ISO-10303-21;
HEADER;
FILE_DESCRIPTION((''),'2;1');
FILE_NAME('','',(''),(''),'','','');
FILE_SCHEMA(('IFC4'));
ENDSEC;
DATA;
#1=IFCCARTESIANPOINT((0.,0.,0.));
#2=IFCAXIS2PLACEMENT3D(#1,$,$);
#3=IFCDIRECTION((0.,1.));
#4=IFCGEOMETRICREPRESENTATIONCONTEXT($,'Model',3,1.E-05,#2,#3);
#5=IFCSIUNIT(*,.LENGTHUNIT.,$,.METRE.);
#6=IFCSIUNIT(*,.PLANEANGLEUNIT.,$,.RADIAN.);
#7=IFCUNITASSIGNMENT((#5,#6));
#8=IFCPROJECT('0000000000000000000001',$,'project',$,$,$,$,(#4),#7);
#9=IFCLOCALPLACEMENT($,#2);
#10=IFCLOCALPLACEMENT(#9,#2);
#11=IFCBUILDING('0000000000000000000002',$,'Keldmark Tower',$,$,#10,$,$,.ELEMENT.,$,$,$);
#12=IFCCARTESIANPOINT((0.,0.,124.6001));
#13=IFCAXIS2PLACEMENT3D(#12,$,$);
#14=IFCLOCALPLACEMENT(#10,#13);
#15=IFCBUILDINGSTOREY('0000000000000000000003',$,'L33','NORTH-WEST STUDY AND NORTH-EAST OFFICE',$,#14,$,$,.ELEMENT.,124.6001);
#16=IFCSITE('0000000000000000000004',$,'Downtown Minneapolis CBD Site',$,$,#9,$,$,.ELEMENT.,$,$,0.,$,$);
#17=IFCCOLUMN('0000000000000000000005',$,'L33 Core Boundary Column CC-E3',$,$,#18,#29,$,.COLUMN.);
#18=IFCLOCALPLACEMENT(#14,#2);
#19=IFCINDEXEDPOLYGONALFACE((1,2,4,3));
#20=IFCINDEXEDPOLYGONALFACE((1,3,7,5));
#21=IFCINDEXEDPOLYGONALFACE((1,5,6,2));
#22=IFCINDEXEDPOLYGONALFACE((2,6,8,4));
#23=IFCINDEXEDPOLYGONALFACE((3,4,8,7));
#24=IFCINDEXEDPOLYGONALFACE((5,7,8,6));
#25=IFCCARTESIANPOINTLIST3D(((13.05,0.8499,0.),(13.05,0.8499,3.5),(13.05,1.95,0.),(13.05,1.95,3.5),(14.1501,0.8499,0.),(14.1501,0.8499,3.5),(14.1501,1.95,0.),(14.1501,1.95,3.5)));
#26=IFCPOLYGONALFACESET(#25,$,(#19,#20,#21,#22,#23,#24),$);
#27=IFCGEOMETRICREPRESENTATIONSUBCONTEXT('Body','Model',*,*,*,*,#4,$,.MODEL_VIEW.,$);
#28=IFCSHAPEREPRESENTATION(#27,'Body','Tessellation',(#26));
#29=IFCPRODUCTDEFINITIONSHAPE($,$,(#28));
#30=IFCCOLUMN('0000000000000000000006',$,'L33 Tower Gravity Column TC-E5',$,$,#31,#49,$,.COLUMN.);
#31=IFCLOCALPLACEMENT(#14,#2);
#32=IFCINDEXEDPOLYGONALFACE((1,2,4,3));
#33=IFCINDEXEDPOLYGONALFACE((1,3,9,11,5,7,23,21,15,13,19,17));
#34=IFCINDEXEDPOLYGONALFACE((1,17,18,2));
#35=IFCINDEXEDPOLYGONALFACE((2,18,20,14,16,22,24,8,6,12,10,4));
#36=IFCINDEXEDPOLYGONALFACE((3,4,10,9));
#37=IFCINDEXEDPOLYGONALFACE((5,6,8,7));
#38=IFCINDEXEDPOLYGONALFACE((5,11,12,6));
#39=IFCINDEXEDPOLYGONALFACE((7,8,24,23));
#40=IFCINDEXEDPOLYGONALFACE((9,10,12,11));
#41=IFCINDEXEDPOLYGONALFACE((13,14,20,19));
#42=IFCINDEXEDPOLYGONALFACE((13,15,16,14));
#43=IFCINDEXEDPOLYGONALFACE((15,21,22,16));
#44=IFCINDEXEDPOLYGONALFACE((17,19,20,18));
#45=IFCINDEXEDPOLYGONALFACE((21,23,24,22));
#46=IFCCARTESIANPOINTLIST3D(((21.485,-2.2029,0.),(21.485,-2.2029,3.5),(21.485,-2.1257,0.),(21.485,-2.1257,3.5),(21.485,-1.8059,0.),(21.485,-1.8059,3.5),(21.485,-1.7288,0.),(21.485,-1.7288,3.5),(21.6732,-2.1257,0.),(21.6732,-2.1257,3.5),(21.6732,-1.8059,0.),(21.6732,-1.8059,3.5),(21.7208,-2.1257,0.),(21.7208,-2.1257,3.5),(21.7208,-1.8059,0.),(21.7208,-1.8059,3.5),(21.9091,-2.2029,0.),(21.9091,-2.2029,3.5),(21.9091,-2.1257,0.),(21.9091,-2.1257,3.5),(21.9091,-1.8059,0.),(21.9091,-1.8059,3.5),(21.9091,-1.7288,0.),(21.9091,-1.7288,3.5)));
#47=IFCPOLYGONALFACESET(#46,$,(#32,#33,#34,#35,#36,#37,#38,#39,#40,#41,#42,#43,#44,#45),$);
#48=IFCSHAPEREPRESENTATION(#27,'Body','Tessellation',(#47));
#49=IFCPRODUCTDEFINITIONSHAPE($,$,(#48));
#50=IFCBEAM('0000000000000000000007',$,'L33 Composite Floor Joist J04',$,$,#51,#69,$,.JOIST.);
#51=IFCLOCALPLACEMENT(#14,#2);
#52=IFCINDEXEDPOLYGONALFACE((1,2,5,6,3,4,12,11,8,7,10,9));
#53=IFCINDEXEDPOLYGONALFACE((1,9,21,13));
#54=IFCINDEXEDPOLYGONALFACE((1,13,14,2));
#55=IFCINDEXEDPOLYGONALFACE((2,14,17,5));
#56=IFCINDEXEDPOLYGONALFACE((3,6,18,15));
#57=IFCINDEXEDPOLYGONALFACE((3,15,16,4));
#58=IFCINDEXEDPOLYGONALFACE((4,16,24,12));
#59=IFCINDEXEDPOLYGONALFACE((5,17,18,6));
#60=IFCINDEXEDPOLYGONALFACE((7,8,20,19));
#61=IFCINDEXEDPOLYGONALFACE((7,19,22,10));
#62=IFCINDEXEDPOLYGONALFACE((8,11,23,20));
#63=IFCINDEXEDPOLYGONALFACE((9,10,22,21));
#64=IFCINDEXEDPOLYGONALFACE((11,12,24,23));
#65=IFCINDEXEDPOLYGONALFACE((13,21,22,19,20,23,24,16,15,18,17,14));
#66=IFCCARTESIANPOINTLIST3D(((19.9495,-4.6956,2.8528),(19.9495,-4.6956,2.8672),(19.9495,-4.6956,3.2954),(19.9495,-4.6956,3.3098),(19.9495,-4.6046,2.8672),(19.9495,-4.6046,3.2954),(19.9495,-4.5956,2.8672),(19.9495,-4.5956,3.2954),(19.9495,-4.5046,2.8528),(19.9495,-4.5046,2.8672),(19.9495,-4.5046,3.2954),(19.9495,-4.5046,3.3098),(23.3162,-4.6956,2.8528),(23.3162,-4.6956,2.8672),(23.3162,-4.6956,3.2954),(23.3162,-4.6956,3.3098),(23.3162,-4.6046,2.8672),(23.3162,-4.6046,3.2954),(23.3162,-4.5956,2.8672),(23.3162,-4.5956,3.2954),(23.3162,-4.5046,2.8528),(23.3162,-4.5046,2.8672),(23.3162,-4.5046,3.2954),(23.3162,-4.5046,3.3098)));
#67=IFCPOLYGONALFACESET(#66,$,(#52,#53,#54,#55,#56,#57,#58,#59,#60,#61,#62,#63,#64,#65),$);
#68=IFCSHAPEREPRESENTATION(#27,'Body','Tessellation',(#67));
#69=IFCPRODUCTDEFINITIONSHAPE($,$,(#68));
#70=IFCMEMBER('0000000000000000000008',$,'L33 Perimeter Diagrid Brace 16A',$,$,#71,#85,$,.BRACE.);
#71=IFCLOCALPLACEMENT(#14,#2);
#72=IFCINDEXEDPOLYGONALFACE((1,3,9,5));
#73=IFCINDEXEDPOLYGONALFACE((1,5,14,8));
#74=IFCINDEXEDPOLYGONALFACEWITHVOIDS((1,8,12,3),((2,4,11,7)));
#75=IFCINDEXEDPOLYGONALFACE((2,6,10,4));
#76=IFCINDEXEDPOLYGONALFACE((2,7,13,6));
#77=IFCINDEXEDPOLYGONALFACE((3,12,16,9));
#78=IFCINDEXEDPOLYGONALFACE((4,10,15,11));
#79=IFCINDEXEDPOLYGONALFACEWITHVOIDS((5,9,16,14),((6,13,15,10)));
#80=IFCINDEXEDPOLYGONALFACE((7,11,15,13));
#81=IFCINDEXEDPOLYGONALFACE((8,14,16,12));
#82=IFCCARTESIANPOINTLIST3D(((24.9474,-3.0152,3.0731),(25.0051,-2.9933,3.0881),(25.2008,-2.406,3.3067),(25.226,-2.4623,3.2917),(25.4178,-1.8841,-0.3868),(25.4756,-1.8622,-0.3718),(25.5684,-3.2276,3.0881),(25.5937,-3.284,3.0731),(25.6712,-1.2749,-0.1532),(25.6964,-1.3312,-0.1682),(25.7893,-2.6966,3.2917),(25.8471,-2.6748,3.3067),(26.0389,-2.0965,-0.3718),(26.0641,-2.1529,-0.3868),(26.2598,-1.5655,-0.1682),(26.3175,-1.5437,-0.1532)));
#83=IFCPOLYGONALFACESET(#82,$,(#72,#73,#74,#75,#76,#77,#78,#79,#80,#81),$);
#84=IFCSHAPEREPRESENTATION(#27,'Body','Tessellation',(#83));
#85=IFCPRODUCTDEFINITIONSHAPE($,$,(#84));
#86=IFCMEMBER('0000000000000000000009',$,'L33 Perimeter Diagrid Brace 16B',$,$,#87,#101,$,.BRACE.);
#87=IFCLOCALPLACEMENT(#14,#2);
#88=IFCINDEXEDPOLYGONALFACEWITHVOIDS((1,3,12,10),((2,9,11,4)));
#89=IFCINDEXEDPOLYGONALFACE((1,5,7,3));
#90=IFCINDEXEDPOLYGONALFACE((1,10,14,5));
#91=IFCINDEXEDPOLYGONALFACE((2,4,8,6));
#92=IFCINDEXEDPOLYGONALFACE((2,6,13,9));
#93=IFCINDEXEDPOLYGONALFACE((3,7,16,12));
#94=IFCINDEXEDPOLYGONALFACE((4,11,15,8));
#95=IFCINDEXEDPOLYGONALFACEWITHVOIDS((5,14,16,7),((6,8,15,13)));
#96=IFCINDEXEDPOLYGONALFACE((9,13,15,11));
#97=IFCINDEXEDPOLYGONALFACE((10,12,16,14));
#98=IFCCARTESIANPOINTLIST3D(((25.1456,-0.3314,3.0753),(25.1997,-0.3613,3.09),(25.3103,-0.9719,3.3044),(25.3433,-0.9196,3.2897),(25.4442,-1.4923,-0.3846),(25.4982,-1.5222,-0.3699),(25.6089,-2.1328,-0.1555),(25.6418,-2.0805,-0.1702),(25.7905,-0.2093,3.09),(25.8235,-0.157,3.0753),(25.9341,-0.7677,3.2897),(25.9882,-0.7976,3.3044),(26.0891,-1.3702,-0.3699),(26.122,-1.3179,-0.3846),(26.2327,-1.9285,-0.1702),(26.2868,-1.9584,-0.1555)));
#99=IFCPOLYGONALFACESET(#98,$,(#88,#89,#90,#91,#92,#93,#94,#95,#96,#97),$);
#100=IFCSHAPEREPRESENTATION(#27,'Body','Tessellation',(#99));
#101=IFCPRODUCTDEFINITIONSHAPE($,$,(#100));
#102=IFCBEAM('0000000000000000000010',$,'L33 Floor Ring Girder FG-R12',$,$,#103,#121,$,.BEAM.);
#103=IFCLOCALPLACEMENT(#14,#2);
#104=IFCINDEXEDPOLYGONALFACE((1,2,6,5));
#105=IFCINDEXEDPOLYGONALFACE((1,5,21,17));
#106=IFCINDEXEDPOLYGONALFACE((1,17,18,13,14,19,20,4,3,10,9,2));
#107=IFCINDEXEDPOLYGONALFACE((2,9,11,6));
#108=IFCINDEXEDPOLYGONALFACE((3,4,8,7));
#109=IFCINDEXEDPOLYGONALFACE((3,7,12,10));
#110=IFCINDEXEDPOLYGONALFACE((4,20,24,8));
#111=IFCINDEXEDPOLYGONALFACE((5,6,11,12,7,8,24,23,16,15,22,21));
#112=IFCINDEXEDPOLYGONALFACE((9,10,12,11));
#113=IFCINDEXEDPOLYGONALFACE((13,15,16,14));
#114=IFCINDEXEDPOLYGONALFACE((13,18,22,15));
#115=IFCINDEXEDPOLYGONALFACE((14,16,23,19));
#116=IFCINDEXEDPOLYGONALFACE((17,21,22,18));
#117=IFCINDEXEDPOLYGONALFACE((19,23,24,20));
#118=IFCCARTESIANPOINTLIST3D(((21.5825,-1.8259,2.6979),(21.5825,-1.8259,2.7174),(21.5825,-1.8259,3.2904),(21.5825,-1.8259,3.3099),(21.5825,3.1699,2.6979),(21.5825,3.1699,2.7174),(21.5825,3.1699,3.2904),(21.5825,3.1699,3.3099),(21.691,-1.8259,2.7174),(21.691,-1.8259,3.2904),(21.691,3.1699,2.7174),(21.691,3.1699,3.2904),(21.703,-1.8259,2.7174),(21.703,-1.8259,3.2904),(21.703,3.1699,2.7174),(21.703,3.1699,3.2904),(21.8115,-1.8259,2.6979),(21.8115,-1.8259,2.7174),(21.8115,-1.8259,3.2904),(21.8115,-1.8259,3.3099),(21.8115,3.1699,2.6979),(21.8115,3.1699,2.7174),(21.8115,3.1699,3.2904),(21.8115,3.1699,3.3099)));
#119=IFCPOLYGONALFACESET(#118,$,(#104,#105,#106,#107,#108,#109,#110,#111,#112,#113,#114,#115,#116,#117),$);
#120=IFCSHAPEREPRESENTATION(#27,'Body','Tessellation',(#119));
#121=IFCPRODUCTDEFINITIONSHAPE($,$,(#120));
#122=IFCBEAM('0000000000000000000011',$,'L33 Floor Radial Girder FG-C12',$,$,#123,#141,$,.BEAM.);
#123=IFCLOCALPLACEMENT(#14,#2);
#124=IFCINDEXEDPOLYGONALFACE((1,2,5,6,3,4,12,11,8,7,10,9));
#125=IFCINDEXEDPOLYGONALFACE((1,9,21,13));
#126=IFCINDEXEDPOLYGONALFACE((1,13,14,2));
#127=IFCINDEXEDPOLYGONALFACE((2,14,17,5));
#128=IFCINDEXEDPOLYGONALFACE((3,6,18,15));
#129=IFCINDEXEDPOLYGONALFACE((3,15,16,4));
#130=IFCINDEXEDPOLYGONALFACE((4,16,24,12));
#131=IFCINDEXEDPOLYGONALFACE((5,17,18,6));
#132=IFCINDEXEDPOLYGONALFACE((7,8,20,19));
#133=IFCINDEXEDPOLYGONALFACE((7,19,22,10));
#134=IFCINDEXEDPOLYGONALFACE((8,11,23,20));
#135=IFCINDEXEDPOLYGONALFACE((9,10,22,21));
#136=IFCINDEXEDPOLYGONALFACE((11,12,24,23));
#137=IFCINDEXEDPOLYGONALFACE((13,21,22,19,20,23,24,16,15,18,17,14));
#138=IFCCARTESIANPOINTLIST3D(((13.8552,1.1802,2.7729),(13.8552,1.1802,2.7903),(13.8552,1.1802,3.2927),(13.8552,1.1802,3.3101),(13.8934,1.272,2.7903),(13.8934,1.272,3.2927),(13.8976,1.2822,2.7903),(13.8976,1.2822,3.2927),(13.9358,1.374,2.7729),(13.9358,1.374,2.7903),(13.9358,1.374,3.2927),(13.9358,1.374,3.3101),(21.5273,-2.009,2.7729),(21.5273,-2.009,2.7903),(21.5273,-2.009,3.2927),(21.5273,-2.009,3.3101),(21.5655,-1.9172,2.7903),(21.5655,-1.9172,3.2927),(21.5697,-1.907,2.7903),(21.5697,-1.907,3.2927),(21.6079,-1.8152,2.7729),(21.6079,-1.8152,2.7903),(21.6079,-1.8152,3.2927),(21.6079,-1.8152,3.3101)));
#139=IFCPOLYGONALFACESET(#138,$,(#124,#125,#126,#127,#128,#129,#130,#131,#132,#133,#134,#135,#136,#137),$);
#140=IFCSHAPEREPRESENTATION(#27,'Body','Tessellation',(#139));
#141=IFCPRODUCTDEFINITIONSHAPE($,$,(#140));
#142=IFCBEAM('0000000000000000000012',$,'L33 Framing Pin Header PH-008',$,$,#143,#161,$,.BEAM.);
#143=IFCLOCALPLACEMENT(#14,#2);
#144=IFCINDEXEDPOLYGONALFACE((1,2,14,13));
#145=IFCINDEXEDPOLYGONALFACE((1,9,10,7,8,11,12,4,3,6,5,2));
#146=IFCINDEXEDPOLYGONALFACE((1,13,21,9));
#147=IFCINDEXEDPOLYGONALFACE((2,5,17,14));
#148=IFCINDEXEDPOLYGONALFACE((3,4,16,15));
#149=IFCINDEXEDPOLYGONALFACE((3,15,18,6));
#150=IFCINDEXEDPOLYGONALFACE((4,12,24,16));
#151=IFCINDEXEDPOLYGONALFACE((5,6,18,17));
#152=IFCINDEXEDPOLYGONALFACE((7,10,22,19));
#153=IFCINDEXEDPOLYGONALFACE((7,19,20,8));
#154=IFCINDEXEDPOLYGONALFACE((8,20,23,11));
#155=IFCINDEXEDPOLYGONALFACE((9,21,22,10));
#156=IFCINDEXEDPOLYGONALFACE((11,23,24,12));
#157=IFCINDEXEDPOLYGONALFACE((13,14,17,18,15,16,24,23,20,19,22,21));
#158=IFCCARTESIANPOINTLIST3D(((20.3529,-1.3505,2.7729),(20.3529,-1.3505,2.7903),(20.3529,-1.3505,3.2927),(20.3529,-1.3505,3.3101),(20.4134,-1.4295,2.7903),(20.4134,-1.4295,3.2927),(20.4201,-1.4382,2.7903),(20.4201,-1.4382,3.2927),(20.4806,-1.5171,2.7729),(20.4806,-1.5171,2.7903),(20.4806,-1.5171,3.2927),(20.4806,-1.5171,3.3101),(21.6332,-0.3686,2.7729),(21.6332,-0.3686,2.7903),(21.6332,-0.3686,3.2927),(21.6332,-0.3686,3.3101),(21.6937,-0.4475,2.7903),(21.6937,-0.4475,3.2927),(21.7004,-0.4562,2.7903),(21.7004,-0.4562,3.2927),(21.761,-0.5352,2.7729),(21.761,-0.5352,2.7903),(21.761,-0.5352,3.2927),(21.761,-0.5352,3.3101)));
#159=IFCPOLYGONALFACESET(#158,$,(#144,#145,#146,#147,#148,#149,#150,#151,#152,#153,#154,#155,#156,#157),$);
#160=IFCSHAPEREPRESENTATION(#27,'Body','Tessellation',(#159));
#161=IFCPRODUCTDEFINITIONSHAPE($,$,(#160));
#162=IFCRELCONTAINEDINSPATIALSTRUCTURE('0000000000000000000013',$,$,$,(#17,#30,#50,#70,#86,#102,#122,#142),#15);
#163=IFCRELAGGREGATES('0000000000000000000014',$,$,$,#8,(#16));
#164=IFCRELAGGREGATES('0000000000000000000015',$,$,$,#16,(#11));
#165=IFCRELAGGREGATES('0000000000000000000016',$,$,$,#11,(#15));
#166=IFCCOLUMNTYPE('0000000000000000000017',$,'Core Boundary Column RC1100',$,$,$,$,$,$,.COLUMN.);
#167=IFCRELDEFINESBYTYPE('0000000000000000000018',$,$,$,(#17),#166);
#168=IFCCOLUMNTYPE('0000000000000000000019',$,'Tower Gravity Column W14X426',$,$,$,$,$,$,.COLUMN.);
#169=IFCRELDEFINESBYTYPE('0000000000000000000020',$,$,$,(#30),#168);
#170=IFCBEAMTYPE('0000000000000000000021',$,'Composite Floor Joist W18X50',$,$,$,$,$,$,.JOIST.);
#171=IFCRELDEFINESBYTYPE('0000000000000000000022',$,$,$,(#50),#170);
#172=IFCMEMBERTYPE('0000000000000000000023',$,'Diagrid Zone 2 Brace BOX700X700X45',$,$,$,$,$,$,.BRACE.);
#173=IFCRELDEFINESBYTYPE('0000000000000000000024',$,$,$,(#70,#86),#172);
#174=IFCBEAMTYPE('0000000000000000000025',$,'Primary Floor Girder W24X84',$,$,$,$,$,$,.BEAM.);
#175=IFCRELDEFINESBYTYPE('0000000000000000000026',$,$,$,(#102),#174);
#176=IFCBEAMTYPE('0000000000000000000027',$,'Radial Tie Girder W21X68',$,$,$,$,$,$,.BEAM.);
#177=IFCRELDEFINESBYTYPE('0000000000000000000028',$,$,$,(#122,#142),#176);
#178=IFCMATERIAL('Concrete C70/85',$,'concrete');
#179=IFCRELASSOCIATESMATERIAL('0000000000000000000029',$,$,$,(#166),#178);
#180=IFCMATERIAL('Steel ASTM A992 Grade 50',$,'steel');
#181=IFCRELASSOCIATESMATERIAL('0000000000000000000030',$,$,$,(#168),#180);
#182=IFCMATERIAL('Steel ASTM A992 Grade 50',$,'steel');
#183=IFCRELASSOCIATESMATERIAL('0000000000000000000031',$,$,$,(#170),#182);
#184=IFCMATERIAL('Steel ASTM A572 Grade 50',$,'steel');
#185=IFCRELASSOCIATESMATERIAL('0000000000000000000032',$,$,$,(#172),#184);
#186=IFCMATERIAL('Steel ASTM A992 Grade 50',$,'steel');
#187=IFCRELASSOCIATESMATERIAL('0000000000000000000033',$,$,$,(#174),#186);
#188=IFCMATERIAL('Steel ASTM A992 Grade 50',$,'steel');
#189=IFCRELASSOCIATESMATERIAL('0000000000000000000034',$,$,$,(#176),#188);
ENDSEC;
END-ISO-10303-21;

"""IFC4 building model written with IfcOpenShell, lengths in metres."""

from ifc_helpers import new_model, si_unit, direction, frame, origin, origin_2d, place, context, subcontext, project, spatial, rectangle, hollow_rectangle, i_section, extrude, material, material_profile, profile_set, type_object, element, save


model = new_model("IFC4")

# Units and contexts
model_context = context("Model", 3, precision=1e-05, world=origin(), true_north=direction((0.0, 1.0)))
body_context = subcontext(model_context, "Body", "Model", "MODEL_VIEW")
ifc_project = project(units=[si_unit("LENGTHUNIT", "METRE"), si_unit("PLANEANGLEUNIT", "RADIAN")], contexts=[model_context])

# Site, building, storey
site_placement = place(None, origin())
site = spatial("IfcSite", under=ifc_project, at=site_placement, Name="Downtown Minneapolis CBD Site", CompositionType="ELEMENT", RefElevation=0.0)
building_placement = place(site_placement, origin())
building = spatial("IfcBuilding", under=site, at=building_placement, Name="Keldmark Tower", CompositionType="ELEMENT")
storey_placement = place(building_placement, frame((0.0, 0.0, 124.6001)))
storey = spatial("IfcBuildingStorey", under=building, at=storey_placement, Name="L33", Description="NORTH-WEST STUDY AND NORTH-EAST OFFICE", CompositionType="ELEMENT", Elevation=124.6001)

# Columns
ifc_material_1 = material(Name="Concrete C70/85", Category="concrete")
ifc_material_profile_1 = material_profile(ifc_material_1, rectangle(XDim=1.1001, YDim=1.1001, at=origin_2d()), Name="RC1100X1100")
ifc_profile_set_1 = profile_set([ifc_material_profile_1], Name="Concrete C70/85")
column_type_1 = type_object("IfcColumnType", Name="Core Boundary Column RC1100", PredefinedType="COLUMN", material=ifc_profile_set_1)
column_1_placement = place(storey_placement, frame((13.6001, 1.3999, 0.0), z_axis=(0.0, 0.0, 1.0), x_axis=(1.0, 0.0, 0.0)))
element("IfcColumn", 1, at=column_1_placement, inside=storey, type_object=column_type_1, Name="L33 Core Boundary Column CC-E3", PredefinedType="COLUMN", context=body_context, shape_type="SweptSolid", body=[
    extrude(rectangle(XDim=1.1001, YDim=1.1001, at=origin_2d()), origin(), (0.0, 0.0, 1.0), 3.5),
])
ifc_material_2 = material(Name="Steel ASTM A992 Grade 50", Category="steel")
ifc_material_profile_2 = material_profile(ifc_material_2, i_section(OverallWidth=0.4241, OverallDepth=0.4741, WebThickness=0.0476, FlangeThickness=0.0771, at=origin_2d()), Name="W14X426")
ifc_profile_set_2 = profile_set([ifc_material_profile_2], Name="Steel ASTM A992 Grade 50")
column_type_2 = type_object("IfcColumnType", Name="Tower Gravity Column W14X426", PredefinedType="COLUMN", material=ifc_profile_set_2)
column_2_placement = place(storey_placement, frame((21.697, -1.9658, 0.0), z_axis=(0.0, 0.0, 1.0), x_axis=(1.0, 0.0, 0.0)))
element("IfcColumn", 2, at=column_2_placement, inside=storey, type_object=column_type_2, Name="L33 Tower Gravity Column TC-E5", PredefinedType="COLUMN", context=body_context, shape_type="SweptSolid", body=[
    extrude(i_section(OverallWidth=0.4241, OverallDepth=0.4741, WebThickness=0.0476, FlangeThickness=0.0771, at=origin_2d()), origin(), (0.0, 0.0, 1.0), 3.5),
])

# Beam
ifc_material_3 = material(Name="Steel ASTM A992 Grade 50", Category="steel")
ifc_material_profile_3 = material_profile(ifc_material_3, i_section(OverallWidth=0.1909, OverallDepth=0.457, WebThickness=0.009, FlangeThickness=0.0144, at=origin_2d()), Name="W18X50")
ifc_profile_set_3 = profile_set([ifc_material_profile_3], Name="Steel ASTM A992 Grade 50")
beam_type_1 = type_object("IfcBeamType", Name="Composite Floor Joist W18X50", PredefinedType="JOIST", material=ifc_profile_set_3)
beam_1_placement = place(storey_placement, frame((19.9495, -4.6001, 3.0813), z_axis=(1.0, 0.0, 0.0), x_axis=(0.0, 1.0, 0.0)))
element("IfcBeam", 3, at=beam_1_placement, inside=storey, type_object=beam_type_1, Name="L33 Composite Floor Joist J04", PredefinedType="JOIST", context=body_context, shape_type="SweptSolid", body=[
    extrude(i_section(OverallWidth=0.1909, OverallDepth=0.457, WebThickness=0.009, FlangeThickness=0.0144, at=origin_2d()), origin(), (0.0, 0.0, 1.0), 3.3667),
])

# Members
ifc_material_4 = material(Name="Steel ASTM A572 Grade 50", Category="steel")
ifc_material_profile_4 = material_profile(ifc_material_4, hollow_rectangle(XDim=0.7, YDim=0.7, WallThickness=0.0449, at=origin_2d()), Name="BOX700X700X45")
ifc_profile_set_4 = profile_set([ifc_material_profile_4], Name="Steel ASTM A572 Grade 50")
member_type = type_object("IfcMemberType", Name="Diagrid Zone 2 Brace BOX700X700X45", PredefinedType="BRACE", material=ifc_profile_set_4)
member_1_placement = place(storey_placement, frame((25.8677, -1.7139, -0.27), z_axis=(-0.128175, -0.308166, 0.942658), x_axis=(0.923318, -0.384035, 0.0)))
element("IfcMember", 4, at=member_1_placement, inside=storey, type_object=member_type, Name="L33 Perimeter Diagrid Brace 16A", PredefinedType="BRACE", context=body_context, shape_type="SweptSolid", body=[
    extrude(hollow_rectangle(XDim=0.7, YDim=0.7, WallThickness=0.0449, at=origin_2d()), origin(), (0.0, 0.0, 1.0), 3.6704),
])
member_2_placement = place(storey_placement, frame((25.8655, -1.7253, -0.27), z_axis=(-0.081542, 0.317034, 0.944902), x_axis=(-0.968479, -0.249096, 0.0)))
element("IfcMember", 5, at=member_2_placement, inside=storey, type_object=member_type, Name="L33 Perimeter Diagrid Brace 16B", PredefinedType="BRACE", context=body_context, shape_type="SweptSolid", body=[
    extrude(hollow_rectangle(XDim=0.7, YDim=0.7, WallThickness=0.0449, at=origin_2d()), origin(), (0.0, 0.0, 1.0), 3.6616),
])

# Beams
ifc_material_5 = material(Name="Steel ASTM A992 Grade 50", Category="steel")
ifc_material_profile_5 = material_profile(ifc_material_5, i_section(OverallWidth=0.229, OverallDepth=0.6121, WebThickness=0.012, FlangeThickness=0.0195, at=origin_2d()), Name="W24X84")
ifc_profile_set_5 = profile_set([ifc_material_profile_5], Name="Steel ASTM A992 Grade 50")
beam_type_2 = type_object("IfcBeamType", Name="Primary Floor Girder W24X84", PredefinedType="BEAM", material=ifc_profile_set_5)
beam_2_placement = place(storey_placement, frame((21.697, -1.8259, 3.0039), z_axis=(0.0, 1.0, 0.0), x_axis=(-1.0, 0.0, 0.0)))
element("IfcBeam", 6, at=beam_2_placement, inside=storey, type_object=beam_type_2, Name="L33 Floor Ring Girder FG-R12", PredefinedType="BEAM", context=body_context, shape_type="SweptSolid", body=[
    extrude(i_section(OverallWidth=0.229, OverallDepth=0.6121, WebThickness=0.012, FlangeThickness=0.0195, at=origin_2d()), origin(), (0.0, 0.0, 1.0), 4.9958),
])
ifc_material_6 = material(Name="Steel ASTM A992 Grade 50", Category="steel")
ifc_material_profile_6 = material_profile(ifc_material_6, i_section(OverallWidth=0.21, OverallDepth=0.5371, WebThickness=0.011, FlangeThickness=0.0173, at=origin_2d()), Name="W21X68")
ifc_profile_set_6 = profile_set([ifc_material_profile_6], Name="Steel ASTM A992 Grade 50")
beam_type_3 = type_object("IfcBeamType", Name="Radial Tie Girder W21X68", PredefinedType="BEAM", material=ifc_profile_set_6)
beam_3_placement = place(storey_placement, frame((21.5676, -1.9121, 3.0415), z_axis=(-0.923397, 0.383845, 0.0), x_axis=(-0.383845, -0.923397, 0.0)))
element("IfcBeam", 7, at=beam_3_placement, inside=storey, type_object=beam_type_3, Name="L33 Floor Radial Girder FG-C12", PredefinedType="BEAM", context=body_context, shape_type="SweptSolid", body=[
    extrude(i_section(OverallWidth=0.21, OverallDepth=0.5371, WebThickness=0.011, FlangeThickness=0.0173, at=origin_2d()), origin(), (0.0, 0.0, 1.0), 8.3086),
])
beam_4_placement = place(storey_placement, frame((20.4167, -1.4338, 3.0415), z_axis=(0.793489, 0.608584, 0.0), x_axis=(-0.608584, 0.793489, 0.0)))
element("IfcBeam", 8, at=beam_4_placement, inside=storey, type_object=beam_type_3, Name="L33 Framing Pin Header PH-008", PredefinedType="BEAM", context=body_context, shape_type="SweptSolid", body=[
    extrude(i_section(OverallWidth=0.21, OverallDepth=0.5371, WebThickness=0.011, FlangeThickness=0.0173, at=origin_2d()), origin(), (0.0, 0.0, 1.0), 1.6135),
])

save(model, "model.ifc")
